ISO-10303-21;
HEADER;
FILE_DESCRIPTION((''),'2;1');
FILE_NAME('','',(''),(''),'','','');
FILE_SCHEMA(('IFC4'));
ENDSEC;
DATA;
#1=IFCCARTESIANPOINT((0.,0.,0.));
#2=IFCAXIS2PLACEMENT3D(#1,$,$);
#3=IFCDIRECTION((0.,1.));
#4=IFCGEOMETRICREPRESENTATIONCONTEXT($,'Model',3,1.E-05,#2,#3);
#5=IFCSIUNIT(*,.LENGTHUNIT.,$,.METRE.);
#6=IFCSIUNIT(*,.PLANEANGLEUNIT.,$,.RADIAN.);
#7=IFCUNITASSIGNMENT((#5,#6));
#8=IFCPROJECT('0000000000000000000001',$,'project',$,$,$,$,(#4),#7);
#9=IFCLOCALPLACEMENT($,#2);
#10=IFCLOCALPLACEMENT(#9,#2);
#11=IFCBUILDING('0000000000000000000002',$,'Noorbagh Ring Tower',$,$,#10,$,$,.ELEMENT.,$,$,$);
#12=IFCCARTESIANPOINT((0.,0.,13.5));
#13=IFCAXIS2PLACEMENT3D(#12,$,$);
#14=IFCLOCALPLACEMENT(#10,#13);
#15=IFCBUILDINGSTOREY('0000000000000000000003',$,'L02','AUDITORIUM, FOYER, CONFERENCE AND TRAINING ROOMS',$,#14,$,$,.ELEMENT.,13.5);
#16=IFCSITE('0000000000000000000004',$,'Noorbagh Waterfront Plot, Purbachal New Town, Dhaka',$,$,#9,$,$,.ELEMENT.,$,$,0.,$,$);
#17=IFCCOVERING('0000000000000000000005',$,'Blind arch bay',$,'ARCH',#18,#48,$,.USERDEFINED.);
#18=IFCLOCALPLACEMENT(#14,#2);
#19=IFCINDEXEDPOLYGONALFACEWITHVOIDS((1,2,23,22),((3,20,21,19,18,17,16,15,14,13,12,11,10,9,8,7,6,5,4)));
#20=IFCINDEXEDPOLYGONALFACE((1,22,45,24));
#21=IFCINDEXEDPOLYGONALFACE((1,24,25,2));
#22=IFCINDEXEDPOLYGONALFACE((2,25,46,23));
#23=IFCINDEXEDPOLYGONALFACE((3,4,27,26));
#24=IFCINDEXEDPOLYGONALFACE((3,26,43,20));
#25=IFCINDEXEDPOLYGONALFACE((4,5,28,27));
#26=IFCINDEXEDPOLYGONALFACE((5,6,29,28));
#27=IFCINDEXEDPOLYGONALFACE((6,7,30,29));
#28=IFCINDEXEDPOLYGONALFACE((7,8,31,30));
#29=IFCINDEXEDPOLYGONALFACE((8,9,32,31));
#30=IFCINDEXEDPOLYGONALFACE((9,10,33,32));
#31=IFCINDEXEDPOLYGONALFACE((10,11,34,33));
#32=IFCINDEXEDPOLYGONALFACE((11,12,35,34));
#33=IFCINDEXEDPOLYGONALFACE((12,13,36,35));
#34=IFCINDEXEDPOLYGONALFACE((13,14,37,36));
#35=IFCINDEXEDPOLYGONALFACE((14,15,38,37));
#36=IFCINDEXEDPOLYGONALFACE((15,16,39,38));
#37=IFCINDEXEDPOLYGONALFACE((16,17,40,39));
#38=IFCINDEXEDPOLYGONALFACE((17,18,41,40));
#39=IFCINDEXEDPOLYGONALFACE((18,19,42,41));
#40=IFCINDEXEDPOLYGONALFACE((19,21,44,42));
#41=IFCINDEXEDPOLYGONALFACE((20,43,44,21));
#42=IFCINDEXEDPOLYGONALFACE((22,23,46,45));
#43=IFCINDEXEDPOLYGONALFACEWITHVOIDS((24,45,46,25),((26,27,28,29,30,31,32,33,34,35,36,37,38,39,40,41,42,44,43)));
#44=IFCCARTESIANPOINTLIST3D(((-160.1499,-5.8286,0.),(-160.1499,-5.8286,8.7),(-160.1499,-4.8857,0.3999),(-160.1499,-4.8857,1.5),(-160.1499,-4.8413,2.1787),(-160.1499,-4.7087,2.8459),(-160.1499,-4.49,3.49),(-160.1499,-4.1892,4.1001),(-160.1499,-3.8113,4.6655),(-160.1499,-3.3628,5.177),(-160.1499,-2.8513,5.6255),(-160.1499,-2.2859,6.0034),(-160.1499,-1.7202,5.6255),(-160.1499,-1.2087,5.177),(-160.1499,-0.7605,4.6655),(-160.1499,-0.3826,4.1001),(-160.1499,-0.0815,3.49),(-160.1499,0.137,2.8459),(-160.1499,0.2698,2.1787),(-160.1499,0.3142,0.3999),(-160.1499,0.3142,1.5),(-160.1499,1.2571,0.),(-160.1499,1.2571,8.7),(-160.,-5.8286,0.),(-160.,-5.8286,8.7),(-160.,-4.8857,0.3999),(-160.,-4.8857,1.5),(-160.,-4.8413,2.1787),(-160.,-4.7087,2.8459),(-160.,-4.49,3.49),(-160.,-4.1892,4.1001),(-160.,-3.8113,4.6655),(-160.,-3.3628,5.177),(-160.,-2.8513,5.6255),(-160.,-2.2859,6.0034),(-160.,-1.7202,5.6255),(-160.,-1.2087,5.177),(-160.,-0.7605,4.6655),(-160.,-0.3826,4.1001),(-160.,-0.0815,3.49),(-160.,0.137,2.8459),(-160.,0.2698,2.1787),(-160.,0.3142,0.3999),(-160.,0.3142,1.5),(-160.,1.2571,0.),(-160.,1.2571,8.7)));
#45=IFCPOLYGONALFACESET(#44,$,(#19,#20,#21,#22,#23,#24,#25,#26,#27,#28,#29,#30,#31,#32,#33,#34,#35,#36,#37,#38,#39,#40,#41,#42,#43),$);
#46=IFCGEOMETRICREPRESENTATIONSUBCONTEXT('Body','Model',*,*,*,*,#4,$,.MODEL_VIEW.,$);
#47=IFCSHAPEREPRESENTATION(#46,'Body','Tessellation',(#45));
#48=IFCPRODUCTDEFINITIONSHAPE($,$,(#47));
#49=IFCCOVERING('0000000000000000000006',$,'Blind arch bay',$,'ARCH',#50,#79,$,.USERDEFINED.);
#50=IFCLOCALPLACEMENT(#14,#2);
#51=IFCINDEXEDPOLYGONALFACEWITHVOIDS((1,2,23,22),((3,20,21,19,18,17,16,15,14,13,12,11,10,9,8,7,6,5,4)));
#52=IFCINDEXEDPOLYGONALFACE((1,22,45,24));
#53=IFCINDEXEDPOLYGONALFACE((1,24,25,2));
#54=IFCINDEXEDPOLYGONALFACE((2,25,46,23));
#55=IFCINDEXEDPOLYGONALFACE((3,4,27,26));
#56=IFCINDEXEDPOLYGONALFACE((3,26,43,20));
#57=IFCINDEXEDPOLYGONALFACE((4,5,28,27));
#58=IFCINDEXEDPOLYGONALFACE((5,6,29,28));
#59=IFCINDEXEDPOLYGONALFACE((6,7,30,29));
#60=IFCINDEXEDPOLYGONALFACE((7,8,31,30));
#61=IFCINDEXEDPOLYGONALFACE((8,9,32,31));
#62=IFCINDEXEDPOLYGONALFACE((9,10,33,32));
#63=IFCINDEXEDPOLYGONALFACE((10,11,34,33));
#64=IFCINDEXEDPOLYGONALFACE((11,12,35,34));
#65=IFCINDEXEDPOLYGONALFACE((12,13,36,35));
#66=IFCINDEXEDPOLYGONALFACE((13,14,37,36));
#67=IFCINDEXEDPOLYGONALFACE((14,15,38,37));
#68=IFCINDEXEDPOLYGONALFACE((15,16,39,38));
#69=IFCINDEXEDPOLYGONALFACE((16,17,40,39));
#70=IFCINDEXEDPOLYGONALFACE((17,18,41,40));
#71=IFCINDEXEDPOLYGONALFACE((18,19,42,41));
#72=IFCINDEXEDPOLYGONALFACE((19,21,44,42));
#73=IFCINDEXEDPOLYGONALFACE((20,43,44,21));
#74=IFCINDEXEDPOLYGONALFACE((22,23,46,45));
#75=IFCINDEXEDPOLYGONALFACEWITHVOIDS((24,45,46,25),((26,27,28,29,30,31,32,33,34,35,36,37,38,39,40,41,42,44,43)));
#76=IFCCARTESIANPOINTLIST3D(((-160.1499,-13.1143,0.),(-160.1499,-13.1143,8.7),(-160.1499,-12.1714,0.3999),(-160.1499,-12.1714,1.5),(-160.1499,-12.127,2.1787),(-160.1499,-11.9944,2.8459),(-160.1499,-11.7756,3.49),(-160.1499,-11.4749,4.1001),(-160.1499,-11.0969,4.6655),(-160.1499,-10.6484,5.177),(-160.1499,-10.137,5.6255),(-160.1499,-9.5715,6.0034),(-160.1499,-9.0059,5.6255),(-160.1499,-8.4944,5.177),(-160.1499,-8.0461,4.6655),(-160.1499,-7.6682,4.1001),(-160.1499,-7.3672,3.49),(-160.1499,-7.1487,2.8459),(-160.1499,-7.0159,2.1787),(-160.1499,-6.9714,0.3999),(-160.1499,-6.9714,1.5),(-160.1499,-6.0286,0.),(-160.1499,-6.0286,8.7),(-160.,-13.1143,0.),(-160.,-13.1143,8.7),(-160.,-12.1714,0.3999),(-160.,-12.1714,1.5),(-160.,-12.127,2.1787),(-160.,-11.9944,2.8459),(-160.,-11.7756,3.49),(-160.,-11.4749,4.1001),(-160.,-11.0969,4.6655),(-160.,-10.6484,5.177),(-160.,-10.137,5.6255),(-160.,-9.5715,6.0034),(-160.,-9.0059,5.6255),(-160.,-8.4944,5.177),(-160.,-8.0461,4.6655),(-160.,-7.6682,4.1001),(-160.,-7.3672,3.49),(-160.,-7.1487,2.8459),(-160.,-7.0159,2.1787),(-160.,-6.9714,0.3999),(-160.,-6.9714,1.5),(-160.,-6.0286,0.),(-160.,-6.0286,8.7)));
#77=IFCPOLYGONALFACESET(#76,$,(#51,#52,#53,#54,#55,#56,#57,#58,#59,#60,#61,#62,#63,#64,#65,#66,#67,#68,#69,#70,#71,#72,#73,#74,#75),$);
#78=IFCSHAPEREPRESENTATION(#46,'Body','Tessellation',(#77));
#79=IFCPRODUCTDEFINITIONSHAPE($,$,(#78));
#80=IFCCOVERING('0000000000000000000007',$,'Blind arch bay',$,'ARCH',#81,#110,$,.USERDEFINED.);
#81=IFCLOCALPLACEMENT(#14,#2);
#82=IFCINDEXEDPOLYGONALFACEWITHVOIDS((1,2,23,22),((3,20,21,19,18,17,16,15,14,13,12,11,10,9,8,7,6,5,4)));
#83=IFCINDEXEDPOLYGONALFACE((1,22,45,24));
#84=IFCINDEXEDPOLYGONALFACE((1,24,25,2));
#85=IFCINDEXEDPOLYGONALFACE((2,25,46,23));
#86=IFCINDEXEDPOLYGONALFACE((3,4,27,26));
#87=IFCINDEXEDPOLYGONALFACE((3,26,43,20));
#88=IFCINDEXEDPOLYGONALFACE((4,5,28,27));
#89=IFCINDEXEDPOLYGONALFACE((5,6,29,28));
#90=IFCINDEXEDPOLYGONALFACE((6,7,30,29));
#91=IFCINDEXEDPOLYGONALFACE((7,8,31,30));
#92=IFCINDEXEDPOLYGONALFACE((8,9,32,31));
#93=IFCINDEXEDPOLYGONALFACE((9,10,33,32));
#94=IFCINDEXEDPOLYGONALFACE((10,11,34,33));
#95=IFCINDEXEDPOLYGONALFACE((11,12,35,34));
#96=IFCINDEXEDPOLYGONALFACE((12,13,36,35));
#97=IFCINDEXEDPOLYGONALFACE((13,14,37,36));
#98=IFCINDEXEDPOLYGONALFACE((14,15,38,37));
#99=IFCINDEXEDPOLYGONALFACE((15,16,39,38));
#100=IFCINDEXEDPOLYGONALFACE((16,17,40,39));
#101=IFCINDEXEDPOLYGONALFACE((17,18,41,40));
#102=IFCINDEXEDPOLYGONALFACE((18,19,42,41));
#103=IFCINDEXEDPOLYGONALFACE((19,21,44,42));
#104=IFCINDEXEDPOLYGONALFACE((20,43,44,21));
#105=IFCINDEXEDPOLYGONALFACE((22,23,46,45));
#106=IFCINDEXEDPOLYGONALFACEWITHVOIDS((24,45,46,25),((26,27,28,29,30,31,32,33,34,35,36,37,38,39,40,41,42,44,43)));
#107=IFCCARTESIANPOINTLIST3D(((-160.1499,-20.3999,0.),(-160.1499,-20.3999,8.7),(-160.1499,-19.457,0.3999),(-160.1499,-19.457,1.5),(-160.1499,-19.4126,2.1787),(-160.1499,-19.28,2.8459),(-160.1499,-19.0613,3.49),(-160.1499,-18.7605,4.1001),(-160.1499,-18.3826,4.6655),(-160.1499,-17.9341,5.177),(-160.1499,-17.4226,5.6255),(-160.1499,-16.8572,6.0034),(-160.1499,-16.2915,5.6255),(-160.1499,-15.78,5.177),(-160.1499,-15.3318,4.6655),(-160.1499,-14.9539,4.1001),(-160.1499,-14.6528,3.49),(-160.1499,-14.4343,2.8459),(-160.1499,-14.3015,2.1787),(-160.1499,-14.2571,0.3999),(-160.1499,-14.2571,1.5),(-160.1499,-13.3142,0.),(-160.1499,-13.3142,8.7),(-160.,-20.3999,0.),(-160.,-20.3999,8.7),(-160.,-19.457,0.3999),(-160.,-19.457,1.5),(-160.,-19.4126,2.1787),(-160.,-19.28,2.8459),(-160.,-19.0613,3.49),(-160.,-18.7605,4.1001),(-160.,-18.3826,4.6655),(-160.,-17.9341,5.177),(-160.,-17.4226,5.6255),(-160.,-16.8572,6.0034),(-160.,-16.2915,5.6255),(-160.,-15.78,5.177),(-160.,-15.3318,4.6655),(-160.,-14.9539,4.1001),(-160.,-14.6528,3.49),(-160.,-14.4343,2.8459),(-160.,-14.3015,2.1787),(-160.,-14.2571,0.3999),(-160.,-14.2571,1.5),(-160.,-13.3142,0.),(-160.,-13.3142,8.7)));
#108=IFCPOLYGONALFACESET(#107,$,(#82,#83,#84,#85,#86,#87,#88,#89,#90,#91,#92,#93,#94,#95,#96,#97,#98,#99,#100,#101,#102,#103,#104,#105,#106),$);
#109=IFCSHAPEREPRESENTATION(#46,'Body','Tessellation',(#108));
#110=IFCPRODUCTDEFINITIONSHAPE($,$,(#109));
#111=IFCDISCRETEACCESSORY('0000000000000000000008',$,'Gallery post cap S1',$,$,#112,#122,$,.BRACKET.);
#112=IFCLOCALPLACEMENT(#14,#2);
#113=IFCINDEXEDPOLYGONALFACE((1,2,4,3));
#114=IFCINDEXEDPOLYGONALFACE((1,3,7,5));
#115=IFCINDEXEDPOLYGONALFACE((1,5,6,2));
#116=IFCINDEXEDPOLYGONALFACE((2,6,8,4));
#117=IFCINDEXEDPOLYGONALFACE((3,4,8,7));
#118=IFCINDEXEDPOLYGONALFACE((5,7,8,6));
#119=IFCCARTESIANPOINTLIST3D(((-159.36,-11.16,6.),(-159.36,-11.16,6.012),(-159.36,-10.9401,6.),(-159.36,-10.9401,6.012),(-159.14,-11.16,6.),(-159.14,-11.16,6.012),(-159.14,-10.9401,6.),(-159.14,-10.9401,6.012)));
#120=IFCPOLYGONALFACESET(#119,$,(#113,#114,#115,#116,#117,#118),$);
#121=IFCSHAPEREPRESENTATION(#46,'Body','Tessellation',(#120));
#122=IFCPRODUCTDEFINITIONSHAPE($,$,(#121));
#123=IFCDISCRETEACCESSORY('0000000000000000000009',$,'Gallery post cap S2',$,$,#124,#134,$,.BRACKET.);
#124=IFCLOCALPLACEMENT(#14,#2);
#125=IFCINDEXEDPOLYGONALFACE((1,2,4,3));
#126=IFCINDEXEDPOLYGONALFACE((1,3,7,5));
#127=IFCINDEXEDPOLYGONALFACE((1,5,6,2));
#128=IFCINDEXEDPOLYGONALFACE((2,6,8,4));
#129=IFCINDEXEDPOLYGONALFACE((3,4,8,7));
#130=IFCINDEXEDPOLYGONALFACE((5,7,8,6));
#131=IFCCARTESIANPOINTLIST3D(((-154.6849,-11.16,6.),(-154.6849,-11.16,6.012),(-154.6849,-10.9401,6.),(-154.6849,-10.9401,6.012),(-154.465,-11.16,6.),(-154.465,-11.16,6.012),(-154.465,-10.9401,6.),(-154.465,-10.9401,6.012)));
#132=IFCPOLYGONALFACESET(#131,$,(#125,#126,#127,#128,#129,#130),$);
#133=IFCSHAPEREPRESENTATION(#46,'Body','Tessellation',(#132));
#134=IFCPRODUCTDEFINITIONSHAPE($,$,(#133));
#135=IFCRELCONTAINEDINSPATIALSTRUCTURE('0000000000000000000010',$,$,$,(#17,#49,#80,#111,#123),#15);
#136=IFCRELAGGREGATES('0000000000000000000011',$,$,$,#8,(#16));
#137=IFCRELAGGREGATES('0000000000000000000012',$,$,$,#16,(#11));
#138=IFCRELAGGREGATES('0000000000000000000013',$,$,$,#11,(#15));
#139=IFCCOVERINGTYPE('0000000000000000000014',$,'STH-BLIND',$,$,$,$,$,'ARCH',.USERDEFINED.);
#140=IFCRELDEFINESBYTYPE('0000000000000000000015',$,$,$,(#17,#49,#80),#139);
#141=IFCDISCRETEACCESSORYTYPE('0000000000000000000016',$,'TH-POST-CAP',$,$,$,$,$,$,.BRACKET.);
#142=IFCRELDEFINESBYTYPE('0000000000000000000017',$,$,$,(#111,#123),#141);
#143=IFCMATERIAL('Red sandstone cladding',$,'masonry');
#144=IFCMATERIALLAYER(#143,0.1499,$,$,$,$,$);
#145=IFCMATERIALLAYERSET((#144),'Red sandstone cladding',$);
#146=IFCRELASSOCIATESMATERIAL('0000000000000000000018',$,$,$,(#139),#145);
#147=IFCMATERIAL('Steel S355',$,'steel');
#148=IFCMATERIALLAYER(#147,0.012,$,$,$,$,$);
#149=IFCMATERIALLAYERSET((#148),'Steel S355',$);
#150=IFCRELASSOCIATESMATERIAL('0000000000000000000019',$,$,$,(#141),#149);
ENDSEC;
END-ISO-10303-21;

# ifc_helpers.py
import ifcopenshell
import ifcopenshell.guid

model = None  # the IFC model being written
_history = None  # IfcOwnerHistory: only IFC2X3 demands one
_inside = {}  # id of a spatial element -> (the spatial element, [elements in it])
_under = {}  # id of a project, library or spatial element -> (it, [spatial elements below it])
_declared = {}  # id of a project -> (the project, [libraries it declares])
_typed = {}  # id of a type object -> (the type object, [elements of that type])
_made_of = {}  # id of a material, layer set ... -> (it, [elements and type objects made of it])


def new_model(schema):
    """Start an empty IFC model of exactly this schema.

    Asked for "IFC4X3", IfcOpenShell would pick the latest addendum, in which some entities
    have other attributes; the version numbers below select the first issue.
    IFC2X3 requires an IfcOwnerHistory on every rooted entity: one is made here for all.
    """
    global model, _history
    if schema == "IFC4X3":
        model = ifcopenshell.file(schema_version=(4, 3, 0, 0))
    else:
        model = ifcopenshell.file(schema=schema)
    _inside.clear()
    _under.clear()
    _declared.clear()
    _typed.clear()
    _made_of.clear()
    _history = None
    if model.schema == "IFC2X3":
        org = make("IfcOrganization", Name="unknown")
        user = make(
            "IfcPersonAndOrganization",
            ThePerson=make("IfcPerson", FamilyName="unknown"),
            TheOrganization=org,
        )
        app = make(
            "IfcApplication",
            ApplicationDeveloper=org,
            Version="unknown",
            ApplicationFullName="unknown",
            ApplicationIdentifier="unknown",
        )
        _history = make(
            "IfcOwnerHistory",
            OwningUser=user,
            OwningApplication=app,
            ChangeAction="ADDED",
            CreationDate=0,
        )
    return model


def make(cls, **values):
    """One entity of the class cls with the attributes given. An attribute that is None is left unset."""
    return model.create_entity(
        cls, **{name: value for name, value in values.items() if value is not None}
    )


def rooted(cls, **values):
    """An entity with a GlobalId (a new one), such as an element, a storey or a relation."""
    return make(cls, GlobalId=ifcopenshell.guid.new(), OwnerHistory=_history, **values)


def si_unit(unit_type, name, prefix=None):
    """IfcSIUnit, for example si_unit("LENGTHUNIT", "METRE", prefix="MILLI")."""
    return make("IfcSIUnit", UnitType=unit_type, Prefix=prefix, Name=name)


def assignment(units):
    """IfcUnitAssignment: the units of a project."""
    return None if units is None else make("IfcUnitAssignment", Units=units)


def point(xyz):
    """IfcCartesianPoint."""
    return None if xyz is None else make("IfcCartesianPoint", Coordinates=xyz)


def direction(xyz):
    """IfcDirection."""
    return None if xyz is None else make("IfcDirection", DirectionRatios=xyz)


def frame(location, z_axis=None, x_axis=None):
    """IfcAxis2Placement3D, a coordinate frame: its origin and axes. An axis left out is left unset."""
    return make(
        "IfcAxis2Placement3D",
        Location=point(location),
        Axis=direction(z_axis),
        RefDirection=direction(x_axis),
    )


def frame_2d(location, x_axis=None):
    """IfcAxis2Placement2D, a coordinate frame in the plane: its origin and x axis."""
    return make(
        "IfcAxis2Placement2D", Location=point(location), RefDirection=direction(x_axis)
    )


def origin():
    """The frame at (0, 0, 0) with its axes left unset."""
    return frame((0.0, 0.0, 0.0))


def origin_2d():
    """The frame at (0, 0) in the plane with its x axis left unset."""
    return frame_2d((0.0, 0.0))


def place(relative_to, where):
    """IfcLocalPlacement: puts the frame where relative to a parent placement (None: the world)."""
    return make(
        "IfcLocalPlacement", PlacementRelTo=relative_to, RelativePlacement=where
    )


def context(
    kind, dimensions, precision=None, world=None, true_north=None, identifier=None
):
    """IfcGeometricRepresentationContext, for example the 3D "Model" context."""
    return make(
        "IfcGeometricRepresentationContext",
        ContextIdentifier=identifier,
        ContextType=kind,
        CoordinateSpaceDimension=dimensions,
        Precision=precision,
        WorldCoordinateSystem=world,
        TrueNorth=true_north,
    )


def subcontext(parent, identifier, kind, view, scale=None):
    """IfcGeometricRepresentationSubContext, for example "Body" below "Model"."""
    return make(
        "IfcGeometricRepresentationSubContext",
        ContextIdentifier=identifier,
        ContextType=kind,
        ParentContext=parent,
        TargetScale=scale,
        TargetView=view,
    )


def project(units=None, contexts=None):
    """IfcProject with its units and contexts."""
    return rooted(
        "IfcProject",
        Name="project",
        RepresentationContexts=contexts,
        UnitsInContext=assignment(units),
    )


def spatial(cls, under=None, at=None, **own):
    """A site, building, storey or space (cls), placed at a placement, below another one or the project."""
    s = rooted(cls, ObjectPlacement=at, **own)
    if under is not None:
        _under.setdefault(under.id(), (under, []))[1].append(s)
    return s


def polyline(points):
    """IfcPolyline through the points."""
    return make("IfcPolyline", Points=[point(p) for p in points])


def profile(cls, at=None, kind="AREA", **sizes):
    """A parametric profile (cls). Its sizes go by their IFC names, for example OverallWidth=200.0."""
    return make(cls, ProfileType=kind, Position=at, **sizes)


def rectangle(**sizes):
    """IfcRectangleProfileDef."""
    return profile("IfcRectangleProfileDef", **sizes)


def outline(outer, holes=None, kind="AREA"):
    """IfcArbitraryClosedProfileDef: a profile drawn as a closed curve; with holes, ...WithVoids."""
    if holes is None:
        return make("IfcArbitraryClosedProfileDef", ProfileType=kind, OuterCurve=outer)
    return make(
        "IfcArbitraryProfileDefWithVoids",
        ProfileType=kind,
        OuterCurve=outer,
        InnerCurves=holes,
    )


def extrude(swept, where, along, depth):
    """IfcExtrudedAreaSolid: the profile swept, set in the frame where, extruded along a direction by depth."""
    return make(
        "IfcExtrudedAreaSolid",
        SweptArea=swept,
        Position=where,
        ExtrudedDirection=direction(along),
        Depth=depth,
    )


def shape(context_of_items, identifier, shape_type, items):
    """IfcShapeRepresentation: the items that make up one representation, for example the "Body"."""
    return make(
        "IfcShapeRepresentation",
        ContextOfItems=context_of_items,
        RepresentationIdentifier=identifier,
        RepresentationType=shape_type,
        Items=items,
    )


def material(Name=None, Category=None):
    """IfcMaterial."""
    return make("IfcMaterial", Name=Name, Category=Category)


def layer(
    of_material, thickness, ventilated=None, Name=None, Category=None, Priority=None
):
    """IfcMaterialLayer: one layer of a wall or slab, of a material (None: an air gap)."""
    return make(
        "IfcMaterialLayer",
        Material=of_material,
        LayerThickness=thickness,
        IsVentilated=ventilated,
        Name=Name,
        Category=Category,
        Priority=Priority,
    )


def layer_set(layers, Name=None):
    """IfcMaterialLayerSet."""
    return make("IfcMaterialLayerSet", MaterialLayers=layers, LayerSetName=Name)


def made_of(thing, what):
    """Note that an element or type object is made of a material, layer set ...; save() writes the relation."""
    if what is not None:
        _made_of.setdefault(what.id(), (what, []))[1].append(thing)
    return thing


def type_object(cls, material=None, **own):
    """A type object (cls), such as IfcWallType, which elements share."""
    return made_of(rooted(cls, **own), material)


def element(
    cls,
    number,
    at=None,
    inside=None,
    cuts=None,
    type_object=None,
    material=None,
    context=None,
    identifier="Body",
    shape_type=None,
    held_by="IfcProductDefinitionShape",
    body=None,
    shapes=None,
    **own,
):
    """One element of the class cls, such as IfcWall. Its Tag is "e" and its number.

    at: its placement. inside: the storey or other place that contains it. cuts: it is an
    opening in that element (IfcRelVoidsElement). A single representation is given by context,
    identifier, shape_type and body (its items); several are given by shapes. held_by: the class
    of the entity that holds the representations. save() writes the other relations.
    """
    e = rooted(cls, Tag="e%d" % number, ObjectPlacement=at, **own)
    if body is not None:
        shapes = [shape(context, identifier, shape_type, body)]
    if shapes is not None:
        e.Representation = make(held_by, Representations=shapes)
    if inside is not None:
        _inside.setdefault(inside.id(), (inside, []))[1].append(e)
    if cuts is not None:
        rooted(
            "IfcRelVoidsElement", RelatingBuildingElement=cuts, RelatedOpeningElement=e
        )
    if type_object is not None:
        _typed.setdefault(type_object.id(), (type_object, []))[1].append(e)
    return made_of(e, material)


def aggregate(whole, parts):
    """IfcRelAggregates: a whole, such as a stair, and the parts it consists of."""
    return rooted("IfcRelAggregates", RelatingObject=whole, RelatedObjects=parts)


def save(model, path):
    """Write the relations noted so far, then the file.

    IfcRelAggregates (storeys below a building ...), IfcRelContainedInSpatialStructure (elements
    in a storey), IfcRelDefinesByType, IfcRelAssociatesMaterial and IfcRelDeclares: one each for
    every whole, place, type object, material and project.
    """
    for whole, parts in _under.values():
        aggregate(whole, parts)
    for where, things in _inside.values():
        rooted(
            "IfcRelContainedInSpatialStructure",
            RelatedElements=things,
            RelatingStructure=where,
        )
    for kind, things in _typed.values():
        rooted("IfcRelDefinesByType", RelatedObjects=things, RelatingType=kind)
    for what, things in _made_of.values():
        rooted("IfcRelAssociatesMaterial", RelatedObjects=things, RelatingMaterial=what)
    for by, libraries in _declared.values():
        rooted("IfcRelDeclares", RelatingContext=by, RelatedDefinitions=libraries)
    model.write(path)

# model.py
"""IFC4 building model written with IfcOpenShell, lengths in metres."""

from ifc_helpers import new_model, si_unit, direction, frame, origin, origin_2d, place, context, subcontext, project, spatial, polyline, rectangle, outline, extrude, material, layer, layer_set, type_object, element, save


model = new_model("IFC4")

# Units and contexts
model_context = context("Model", 3, precision=1e-05, world=origin(), true_north=direction((0.0, 1.0)))
body_context = subcontext(model_context, "Body", "Model", "MODEL_VIEW")
ifc_project = project(units=[si_unit("LENGTHUNIT", "METRE"), si_unit("PLANEANGLEUNIT", "RADIAN")], contexts=[model_context])

# Site, building, storey
site_placement = place(None, origin())
site = spatial("IfcSite", under=ifc_project, at=site_placement, Name="Noorbagh Waterfront Plot, Purbachal New Town, Dhaka", CompositionType="ELEMENT", RefElevation=0.0)
building_placement = place(site_placement, origin())
building = spatial("IfcBuilding", under=site, at=building_placement, Name="Noorbagh Ring Tower", CompositionType="ELEMENT")
storey_placement = place(building_placement, frame((0.0, 0.0, 13.5)))
storey = spatial("IfcBuildingStorey", under=building, at=storey_placement, Name="L02", Description="AUDITORIUM, FOYER, CONFERENCE AND TRAINING ROOMS", CompositionType="ELEMENT", Elevation=13.5)

# Coverings
ifc_material_1 = material(Name="Red sandstone cladding", Category="masonry")
ifc_layer_1 = layer(ifc_material_1, 0.1499)
ifc_layer_set_1 = layer_set([ifc_layer_1], Name="Red sandstone cladding")
covering_type = type_object("IfcCoveringType", Name="STH-BLIND", ElementType="ARCH", PredefinedType="USERDEFINED", material=ifc_layer_set_1)
for number, where, z_axis, x_axis, name in (
    (1, (-160.1499, 1.2571, 0.0), (-1.0, 0.0, 0.0), (0.0, -1.0, 0.0), "Blind arch bay"),
    (2, (-160.1499, -6.0286, 0.0), (-1.0, 0.0, 0.0), (0.0, -1.0, 0.0), "Blind arch bay"),
    (3, (-160.1499, -13.3142, 0.0), (-1.0, 0.0, 0.0), (0.0, -1.0, 0.0), "Blind arch bay"),
):
    element("IfcCovering", number, at=place(storey_placement, frame(where, z_axis=z_axis, x_axis=x_axis)), inside=storey, type_object=covering_type, Name=name, ObjectType="ARCH", PredefinedType="USERDEFINED", context=body_context, shape_type="SweptSolid", body=[
        extrude(outline(polyline([(0.0, 0.0), (7.0857, 0.0), (7.0857, 8.7), (0.0, 8.7), (0.0, 0.0)]), holes=[polyline([(0.9429, 0.3999), (0.9429, 1.5), (0.9873, 2.1787), (1.1201, 2.8459), (1.3386, 3.49), (1.6396, 4.1001), (2.0176, 4.6655), (2.4658, 5.177), (2.9773, 5.6255), (3.543, 6.0034), (4.1084, 5.6255), (4.6199, 5.177), (5.0684, 4.6655), (5.4463, 4.1001), (5.7471, 3.49), (5.9658, 2.8459), (6.0984, 2.1787), (6.1428, 1.5), (6.1428, 0.3999), (0.9429, 0.3999)])]), origin(), (0.0, 0.0, -1.0), 0.1499),
    ])

# Discrete accessories
ifc_material_2 = material(Name="Steel S355", Category="steel")
ifc_layer_2 = layer(ifc_material_2, 0.012)
ifc_layer_set_2 = layer_set([ifc_layer_2], Name="Steel S355")
discrete_accessory_type = type_object("IfcDiscreteAccessoryType", Name="TH-POST-CAP", PredefinedType="BRACKET", material=ifc_layer_set_2)
for number, where, z_axis, x_axis, name in (
    (4, (-159.25, -11.05, 6.0), (0.0, 0.0, 1.0), (1.0, 0.0, 0.0), "Gallery post cap S1"),
    (5, (-154.575, -11.05, 6.0), (0.0, 0.0, 1.0), (1.0, 0.0, 0.0), "Gallery post cap S2"),
):
    element("IfcDiscreteAccessory", number, at=place(storey_placement, frame(where, z_axis=z_axis, x_axis=x_axis)), inside=storey, type_object=discrete_accessory_type, Name=name, PredefinedType="BRACKET", context=body_context, shape_type="SweptSolid", body=[
        extrude(rectangle(XDim=0.22, YDim=0.22, at=origin_2d()), origin(), (0.0, 0.0, 1.0), 0.012),
    ])

save(model, "model.ifc")
